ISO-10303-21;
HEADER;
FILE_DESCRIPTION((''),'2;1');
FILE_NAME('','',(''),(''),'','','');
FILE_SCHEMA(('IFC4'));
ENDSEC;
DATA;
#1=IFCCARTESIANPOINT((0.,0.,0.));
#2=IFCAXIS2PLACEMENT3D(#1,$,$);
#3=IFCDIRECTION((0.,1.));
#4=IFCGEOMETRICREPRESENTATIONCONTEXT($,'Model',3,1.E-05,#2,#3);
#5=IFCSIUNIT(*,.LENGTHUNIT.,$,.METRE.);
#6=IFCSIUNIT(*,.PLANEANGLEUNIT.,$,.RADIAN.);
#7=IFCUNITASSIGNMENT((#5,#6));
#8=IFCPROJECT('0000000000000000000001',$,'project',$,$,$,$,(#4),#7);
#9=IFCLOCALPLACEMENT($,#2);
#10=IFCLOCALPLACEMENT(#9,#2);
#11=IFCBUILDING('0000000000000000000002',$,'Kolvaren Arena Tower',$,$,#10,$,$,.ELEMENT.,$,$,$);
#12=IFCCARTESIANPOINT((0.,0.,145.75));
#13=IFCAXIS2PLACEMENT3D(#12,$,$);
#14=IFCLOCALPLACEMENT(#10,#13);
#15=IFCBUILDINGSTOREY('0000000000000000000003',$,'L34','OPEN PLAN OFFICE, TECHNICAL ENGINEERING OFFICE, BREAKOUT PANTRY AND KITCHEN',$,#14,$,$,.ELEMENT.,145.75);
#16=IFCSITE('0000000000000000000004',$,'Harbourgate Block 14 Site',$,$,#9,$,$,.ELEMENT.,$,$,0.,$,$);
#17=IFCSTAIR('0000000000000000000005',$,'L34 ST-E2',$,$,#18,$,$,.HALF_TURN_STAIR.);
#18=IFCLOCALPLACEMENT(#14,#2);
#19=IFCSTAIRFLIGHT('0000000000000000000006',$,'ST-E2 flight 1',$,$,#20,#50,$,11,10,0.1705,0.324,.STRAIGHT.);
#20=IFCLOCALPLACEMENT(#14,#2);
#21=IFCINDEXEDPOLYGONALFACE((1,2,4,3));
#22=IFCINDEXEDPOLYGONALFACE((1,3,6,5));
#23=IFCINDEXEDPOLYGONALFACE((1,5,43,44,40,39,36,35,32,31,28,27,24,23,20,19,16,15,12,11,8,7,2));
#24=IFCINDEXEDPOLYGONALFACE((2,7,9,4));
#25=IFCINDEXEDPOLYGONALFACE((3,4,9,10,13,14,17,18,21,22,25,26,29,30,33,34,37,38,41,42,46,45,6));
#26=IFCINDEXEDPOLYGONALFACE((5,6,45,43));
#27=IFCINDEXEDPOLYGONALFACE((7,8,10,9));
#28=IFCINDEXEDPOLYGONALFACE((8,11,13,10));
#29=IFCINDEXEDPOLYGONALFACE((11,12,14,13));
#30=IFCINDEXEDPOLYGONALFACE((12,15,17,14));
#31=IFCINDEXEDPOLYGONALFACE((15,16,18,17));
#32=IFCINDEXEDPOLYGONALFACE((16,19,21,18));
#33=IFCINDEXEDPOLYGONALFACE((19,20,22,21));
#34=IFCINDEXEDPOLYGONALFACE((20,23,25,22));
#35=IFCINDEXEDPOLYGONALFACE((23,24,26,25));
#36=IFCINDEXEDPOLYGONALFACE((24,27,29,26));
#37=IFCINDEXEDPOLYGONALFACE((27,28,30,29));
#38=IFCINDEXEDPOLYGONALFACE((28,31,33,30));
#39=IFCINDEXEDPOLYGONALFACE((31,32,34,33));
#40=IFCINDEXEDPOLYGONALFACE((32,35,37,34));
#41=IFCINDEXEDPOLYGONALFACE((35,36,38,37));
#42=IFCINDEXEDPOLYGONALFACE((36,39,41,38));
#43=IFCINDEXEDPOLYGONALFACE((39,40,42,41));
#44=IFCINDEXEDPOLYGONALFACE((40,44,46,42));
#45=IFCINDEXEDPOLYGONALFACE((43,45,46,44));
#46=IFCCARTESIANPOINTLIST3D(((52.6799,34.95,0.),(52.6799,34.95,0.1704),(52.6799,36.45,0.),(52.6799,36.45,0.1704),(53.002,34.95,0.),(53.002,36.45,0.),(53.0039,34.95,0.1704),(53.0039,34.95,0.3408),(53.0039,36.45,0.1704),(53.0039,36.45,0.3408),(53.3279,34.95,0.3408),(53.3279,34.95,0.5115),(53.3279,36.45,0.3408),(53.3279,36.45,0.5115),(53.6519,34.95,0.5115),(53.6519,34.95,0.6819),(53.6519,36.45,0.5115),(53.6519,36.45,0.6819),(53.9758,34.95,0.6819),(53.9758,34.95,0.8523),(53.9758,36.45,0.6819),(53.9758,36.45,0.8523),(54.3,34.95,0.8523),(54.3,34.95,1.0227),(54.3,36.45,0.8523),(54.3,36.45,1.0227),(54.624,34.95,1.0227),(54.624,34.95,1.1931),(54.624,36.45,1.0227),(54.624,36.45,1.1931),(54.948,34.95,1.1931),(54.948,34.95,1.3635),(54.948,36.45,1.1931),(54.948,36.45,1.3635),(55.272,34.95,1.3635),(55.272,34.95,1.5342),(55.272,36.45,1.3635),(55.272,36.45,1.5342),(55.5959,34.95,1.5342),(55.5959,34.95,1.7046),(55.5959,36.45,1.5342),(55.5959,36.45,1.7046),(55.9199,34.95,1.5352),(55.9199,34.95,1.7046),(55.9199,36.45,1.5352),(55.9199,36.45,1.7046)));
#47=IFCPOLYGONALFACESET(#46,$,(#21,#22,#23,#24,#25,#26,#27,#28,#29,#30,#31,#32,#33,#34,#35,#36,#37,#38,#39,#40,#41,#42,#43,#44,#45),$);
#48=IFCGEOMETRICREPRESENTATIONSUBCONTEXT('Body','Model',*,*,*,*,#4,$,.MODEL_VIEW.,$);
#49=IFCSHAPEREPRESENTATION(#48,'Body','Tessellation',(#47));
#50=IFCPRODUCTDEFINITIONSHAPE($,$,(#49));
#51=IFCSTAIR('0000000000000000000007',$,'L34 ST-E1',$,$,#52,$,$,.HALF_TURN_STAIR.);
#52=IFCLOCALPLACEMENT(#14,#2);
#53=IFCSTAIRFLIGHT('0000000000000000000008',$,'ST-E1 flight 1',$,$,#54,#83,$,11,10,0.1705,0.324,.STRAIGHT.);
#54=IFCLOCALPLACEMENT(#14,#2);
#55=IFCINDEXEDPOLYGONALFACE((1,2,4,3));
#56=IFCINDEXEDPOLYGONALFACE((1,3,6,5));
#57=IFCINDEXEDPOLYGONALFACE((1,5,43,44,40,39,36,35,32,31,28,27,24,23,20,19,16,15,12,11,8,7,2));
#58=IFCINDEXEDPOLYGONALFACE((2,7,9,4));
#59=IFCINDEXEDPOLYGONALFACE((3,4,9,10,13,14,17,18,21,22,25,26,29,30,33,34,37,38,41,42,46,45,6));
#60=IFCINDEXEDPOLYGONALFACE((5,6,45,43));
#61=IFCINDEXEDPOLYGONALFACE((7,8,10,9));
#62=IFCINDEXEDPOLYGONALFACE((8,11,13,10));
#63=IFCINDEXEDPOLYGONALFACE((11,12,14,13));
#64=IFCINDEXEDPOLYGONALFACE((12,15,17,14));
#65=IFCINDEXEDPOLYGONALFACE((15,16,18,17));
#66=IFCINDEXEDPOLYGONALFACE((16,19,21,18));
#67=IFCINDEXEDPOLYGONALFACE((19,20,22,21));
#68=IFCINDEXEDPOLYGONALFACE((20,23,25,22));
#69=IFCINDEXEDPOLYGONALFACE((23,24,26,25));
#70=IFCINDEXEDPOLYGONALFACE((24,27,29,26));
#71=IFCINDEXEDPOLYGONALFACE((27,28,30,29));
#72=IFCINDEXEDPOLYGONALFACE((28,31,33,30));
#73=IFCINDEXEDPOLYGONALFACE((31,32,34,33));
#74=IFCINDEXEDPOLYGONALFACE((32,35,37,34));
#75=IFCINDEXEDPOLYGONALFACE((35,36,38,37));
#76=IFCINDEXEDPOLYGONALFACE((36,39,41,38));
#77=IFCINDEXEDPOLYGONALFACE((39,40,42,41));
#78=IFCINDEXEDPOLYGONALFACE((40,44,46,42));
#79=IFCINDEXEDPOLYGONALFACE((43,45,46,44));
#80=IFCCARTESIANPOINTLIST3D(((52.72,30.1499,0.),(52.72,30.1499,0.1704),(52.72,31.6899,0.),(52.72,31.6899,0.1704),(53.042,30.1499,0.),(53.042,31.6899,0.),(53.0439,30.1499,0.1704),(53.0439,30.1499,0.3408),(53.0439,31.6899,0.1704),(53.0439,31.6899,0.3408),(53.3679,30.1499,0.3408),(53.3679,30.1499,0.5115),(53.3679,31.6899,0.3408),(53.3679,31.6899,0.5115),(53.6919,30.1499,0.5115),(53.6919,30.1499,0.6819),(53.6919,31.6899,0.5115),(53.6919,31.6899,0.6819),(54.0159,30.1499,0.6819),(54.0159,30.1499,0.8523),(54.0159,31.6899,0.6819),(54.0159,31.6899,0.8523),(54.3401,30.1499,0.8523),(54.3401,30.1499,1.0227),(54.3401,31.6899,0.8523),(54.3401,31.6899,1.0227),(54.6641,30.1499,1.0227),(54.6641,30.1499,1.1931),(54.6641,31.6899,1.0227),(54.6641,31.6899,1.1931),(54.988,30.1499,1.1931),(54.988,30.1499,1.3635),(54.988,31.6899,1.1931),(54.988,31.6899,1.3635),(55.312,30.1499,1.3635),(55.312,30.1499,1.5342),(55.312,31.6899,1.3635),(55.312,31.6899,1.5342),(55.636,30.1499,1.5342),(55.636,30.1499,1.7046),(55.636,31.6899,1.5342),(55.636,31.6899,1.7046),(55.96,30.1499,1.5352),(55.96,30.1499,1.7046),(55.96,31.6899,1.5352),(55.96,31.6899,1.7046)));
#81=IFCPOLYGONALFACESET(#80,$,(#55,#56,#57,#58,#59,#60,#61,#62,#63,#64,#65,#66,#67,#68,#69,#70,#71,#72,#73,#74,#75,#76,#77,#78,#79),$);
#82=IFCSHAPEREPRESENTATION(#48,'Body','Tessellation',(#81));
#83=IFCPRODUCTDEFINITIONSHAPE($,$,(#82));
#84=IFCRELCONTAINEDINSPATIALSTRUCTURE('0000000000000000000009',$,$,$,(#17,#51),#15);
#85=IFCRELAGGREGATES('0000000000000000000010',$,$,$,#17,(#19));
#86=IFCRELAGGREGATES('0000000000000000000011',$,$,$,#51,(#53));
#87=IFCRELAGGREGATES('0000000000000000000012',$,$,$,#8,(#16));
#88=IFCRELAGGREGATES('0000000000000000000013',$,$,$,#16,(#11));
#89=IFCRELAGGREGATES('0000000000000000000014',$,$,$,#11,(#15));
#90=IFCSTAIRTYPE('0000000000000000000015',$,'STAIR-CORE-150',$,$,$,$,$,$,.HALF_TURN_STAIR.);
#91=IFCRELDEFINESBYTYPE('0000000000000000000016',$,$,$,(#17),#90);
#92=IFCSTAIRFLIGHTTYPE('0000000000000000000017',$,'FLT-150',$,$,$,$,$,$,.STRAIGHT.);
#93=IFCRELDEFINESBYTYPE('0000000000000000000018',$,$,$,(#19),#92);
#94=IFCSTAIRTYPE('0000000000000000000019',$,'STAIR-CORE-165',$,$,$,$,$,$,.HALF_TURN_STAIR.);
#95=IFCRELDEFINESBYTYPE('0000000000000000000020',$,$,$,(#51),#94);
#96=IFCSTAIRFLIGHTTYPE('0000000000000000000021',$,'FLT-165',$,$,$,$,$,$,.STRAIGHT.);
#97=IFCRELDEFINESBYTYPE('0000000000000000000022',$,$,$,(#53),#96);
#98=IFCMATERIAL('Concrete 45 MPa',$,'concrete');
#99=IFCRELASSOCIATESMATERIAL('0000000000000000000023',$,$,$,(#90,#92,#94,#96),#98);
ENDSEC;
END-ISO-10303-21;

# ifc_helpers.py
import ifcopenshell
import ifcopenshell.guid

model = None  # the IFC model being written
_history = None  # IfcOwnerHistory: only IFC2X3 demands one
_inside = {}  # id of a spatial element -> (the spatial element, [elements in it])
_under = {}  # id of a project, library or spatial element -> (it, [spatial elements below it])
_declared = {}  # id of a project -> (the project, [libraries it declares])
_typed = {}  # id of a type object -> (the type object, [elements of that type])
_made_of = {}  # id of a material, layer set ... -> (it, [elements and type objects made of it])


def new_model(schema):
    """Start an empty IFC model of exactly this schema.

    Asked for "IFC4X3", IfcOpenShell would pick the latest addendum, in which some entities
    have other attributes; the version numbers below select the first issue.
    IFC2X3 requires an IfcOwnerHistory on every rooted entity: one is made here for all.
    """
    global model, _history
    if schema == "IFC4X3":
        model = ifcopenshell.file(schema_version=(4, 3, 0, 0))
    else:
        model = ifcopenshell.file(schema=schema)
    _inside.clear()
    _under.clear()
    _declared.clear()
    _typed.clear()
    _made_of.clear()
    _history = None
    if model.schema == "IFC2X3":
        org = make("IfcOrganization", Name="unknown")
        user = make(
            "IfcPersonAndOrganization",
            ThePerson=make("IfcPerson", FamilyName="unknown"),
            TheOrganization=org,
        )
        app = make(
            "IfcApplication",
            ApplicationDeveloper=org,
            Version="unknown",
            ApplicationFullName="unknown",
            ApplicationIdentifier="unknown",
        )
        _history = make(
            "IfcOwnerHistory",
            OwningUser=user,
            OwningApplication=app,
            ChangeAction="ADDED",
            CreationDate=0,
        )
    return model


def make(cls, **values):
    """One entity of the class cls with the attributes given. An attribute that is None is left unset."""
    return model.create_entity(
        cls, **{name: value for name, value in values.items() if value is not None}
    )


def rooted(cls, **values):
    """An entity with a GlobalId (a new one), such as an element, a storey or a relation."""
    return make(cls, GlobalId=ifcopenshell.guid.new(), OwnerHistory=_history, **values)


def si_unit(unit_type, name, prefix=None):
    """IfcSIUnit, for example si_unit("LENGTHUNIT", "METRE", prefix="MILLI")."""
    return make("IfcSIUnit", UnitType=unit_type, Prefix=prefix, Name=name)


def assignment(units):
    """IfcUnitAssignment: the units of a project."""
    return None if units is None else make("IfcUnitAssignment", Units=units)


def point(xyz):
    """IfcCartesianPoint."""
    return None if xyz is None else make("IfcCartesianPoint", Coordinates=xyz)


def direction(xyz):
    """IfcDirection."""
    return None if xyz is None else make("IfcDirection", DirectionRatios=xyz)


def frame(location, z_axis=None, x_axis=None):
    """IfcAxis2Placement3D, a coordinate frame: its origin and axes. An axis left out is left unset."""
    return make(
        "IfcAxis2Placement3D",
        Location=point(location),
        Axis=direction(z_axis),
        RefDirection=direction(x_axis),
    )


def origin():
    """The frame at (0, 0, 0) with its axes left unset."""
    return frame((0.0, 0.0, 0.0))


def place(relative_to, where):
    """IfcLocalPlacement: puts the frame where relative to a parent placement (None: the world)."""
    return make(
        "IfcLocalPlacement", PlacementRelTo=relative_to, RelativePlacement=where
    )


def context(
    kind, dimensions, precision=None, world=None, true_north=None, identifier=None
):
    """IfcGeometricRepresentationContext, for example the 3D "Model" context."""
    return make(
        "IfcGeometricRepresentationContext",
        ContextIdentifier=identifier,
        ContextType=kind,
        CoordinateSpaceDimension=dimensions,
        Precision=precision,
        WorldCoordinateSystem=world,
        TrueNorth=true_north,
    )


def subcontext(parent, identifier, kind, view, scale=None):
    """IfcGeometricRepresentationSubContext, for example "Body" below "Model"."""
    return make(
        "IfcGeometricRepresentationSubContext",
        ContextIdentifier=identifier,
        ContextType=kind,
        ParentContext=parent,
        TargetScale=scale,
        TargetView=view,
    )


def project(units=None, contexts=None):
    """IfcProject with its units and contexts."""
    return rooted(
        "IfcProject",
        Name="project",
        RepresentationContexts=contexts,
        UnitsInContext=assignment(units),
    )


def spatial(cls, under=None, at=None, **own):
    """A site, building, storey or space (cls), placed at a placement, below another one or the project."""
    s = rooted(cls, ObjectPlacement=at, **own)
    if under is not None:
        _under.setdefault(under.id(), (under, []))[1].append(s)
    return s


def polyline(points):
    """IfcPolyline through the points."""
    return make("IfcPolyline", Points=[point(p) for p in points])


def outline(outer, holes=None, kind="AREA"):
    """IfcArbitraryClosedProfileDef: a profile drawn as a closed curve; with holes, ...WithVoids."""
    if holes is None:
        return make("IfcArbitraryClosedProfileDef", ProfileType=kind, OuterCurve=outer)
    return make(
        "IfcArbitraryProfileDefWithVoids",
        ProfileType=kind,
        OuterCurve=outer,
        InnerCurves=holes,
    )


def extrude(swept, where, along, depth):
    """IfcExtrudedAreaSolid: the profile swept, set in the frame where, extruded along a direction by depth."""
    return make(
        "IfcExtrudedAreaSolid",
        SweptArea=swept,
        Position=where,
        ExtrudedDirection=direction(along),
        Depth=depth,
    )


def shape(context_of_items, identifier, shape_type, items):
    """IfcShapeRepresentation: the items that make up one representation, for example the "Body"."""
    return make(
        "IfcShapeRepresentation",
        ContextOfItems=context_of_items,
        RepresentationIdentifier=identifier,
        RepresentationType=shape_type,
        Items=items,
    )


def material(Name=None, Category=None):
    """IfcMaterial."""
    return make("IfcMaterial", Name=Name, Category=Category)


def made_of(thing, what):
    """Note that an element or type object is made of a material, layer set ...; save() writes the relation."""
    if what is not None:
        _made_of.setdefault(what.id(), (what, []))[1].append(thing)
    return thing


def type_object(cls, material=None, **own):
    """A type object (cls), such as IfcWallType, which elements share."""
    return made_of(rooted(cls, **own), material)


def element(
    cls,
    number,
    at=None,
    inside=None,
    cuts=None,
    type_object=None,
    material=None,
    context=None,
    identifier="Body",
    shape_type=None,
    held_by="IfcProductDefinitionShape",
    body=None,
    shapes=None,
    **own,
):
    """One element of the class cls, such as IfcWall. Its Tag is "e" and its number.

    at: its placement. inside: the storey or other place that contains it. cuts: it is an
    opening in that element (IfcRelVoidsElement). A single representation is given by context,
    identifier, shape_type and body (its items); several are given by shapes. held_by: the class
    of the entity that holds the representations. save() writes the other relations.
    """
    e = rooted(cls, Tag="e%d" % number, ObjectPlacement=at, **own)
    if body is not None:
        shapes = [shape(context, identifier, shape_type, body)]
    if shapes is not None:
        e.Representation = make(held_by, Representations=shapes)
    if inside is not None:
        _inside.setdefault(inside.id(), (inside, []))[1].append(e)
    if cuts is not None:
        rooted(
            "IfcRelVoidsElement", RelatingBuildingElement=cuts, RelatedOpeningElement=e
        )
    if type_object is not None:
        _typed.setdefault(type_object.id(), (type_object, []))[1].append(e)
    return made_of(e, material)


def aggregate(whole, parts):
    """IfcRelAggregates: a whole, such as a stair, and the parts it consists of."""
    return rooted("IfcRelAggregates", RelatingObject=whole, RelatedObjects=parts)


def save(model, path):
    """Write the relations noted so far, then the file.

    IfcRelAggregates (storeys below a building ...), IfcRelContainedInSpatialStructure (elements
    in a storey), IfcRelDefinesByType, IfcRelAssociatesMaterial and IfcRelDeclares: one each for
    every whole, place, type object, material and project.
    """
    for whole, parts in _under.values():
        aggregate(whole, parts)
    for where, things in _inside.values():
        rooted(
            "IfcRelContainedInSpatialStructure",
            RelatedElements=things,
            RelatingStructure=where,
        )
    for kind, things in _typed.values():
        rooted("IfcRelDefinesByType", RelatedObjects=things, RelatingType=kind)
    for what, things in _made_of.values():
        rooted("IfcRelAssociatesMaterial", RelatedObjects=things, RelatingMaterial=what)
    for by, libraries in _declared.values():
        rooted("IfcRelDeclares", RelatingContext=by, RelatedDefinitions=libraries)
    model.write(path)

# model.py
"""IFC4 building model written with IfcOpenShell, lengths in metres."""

from ifc_helpers import new_model, si_unit, direction, frame, origin, place, context, subcontext, project, spatial, polyline, outline, extrude, material, type_object, element, aggregate, save


model = new_model("IFC4")

# Units and contexts
model_context = context("Model", 3, precision=1e-05, world=origin(), true_north=direction((0.0, 1.0)))
body_context = subcontext(model_context, "Body", "Model", "MODEL_VIEW")
ifc_project = project(units=[si_unit("LENGTHUNIT", "METRE"), si_unit("PLANEANGLEUNIT", "RADIAN")], contexts=[model_context])

# Site, building, storey
site_placement = place(None, origin())
site = spatial("IfcSite", under=ifc_project, at=site_placement, Name="Harbourgate Block 14 Site", CompositionType="ELEMENT", RefElevation=0.0)
building_placement = place(site_placement, origin())
building = spatial("IfcBuilding", under=site, at=building_placement, Name="Kolvaren Arena Tower", CompositionType="ELEMENT")
storey_placement = place(building_placement, frame((0.0, 0.0, 145.75)))
storey = spatial("IfcBuildingStorey", under=building, at=storey_placement, Name="L34", Description="OPEN PLAN OFFICE, TECHNICAL ENGINEERING OFFICE, BREAKOUT PANTRY AND KITCHEN", CompositionType="ELEMENT", Elevation=145.75)

# Shared definitions
ifc_material_1 = material(Name="Concrete 45 MPa", Category="concrete")

# Stairs, stair flights
stair_type_1 = type_object("IfcStairType", Name="STAIR-CORE-150", PredefinedType="HALF_TURN_STAIR", material=ifc_material_1)
stair_1_placement = place(storey_placement, origin())
stair_1 = element("IfcStair", 1, at=stair_1_placement, inside=storey, type_object=stair_type_1, Name="L34 ST-E2", PredefinedType="HALF_TURN_STAIR")
stair_flight_type_1 = type_object("IfcStairFlightType", Name="FLT-150", PredefinedType="STRAIGHT", material=ifc_material_1)
stair_flight_1_placement = place(storey_placement, frame((52.6799, 35.7, 0.0), z_axis=(0.0, 0.0, 1.0), x_axis=(1.0, 0.0, 0.0)))
stair_flight_1 = element("IfcStairFlight", 2, at=stair_flight_1_placement, type_object=stair_flight_type_1, Name="ST-E2 flight 1", NumberOfRisers=11, NumberOfTreads=10, PredefinedType="STRAIGHT", RiserHeight=0.1705, TreadLength=0.324, context=body_context, shape_type="SweptSolid", body=[
    extrude(outline(polyline([(0.0, 0.0), (0.0, 0.1704), (0.324, 0.1704), (0.324, 0.3408), (0.6479, 0.3408), (0.6479, 0.5115), (0.9719, 0.5115), (0.9719, 0.6819), (1.2959, 0.6819), (1.2959, 0.8523), (1.6201, 0.8523), (1.6201, 1.0227), (1.9441, 1.0227), (1.9441, 1.1931), (2.2681, 1.1931), (2.2681, 1.3635), (2.592, 1.3635), (2.592, 1.5342), (2.916, 1.5342), (2.916, 1.7046), (3.24, 1.7046), (3.24, 1.875), (3.24, 1.5352), (0.322, 0.0), (0.0, 0.0)])), frame((0.0, 0.75, 0.0), z_axis=(0.0, -1.0, 0.0), x_axis=(1.0, 0.0, 0.0)), (0.0, 0.0, 1.0), 1.5),
])
aggregate(stair_1, [stair_flight_1])
stair_type_2 = type_object("IfcStairType", Name="STAIR-CORE-165", PredefinedType="HALF_TURN_STAIR", material=ifc_material_1)
stair_2_placement = place(storey_placement, origin())
stair_2 = element("IfcStair", 3, at=stair_2_placement, inside=storey, type_object=stair_type_2, Name="L34 ST-E1", PredefinedType="HALF_TURN_STAIR")
stair_flight_type_2 = type_object("IfcStairFlightType", Name="FLT-165", PredefinedType="STRAIGHT", material=ifc_material_1)
stair_flight_2_placement = place(storey_placement, frame((52.72, 30.9199, 0.0), z_axis=(0.0, 0.0, 1.0), x_axis=(1.0, 0.0, 0.0)))
stair_flight_2 = element("IfcStairFlight", 4, at=stair_flight_2_placement, type_object=stair_flight_type_2, Name="ST-E1 flight 1", NumberOfRisers=11, NumberOfTreads=10, PredefinedType="STRAIGHT", RiserHeight=0.1705, TreadLength=0.324, context=body_context, shape_type="SweptSolid", body=[
    extrude(outline(polyline([(0.0, 0.0), (0.0, 0.1704), (0.324, 0.1704), (0.324, 0.3408), (0.6479, 0.3408), (0.6479, 0.5115), (0.9719, 0.5115), (0.9719, 0.6819), (1.2959, 0.6819), (1.2959, 0.8523), (1.6201, 0.8523), (1.6201, 1.0227), (1.9441, 1.0227), (1.9441, 1.1931), (2.2681, 1.1931), (2.2681, 1.3635), (2.592, 1.3635), (2.592, 1.5342), (2.916, 1.5342), (2.916, 1.7046), (3.24, 1.7046), (3.24, 1.875), (3.24, 1.5352), (0.322, 0.0), (0.0, 0.0)])), frame((0.0, 0.77, 0.0), z_axis=(0.0, -1.0, 0.0), x_axis=(1.0, 0.0, 0.0)), (0.0, 0.0, 1.0), 1.54),
])
aggregate(stair_2, [stair_flight_2])

save(model, "model.ifc")
